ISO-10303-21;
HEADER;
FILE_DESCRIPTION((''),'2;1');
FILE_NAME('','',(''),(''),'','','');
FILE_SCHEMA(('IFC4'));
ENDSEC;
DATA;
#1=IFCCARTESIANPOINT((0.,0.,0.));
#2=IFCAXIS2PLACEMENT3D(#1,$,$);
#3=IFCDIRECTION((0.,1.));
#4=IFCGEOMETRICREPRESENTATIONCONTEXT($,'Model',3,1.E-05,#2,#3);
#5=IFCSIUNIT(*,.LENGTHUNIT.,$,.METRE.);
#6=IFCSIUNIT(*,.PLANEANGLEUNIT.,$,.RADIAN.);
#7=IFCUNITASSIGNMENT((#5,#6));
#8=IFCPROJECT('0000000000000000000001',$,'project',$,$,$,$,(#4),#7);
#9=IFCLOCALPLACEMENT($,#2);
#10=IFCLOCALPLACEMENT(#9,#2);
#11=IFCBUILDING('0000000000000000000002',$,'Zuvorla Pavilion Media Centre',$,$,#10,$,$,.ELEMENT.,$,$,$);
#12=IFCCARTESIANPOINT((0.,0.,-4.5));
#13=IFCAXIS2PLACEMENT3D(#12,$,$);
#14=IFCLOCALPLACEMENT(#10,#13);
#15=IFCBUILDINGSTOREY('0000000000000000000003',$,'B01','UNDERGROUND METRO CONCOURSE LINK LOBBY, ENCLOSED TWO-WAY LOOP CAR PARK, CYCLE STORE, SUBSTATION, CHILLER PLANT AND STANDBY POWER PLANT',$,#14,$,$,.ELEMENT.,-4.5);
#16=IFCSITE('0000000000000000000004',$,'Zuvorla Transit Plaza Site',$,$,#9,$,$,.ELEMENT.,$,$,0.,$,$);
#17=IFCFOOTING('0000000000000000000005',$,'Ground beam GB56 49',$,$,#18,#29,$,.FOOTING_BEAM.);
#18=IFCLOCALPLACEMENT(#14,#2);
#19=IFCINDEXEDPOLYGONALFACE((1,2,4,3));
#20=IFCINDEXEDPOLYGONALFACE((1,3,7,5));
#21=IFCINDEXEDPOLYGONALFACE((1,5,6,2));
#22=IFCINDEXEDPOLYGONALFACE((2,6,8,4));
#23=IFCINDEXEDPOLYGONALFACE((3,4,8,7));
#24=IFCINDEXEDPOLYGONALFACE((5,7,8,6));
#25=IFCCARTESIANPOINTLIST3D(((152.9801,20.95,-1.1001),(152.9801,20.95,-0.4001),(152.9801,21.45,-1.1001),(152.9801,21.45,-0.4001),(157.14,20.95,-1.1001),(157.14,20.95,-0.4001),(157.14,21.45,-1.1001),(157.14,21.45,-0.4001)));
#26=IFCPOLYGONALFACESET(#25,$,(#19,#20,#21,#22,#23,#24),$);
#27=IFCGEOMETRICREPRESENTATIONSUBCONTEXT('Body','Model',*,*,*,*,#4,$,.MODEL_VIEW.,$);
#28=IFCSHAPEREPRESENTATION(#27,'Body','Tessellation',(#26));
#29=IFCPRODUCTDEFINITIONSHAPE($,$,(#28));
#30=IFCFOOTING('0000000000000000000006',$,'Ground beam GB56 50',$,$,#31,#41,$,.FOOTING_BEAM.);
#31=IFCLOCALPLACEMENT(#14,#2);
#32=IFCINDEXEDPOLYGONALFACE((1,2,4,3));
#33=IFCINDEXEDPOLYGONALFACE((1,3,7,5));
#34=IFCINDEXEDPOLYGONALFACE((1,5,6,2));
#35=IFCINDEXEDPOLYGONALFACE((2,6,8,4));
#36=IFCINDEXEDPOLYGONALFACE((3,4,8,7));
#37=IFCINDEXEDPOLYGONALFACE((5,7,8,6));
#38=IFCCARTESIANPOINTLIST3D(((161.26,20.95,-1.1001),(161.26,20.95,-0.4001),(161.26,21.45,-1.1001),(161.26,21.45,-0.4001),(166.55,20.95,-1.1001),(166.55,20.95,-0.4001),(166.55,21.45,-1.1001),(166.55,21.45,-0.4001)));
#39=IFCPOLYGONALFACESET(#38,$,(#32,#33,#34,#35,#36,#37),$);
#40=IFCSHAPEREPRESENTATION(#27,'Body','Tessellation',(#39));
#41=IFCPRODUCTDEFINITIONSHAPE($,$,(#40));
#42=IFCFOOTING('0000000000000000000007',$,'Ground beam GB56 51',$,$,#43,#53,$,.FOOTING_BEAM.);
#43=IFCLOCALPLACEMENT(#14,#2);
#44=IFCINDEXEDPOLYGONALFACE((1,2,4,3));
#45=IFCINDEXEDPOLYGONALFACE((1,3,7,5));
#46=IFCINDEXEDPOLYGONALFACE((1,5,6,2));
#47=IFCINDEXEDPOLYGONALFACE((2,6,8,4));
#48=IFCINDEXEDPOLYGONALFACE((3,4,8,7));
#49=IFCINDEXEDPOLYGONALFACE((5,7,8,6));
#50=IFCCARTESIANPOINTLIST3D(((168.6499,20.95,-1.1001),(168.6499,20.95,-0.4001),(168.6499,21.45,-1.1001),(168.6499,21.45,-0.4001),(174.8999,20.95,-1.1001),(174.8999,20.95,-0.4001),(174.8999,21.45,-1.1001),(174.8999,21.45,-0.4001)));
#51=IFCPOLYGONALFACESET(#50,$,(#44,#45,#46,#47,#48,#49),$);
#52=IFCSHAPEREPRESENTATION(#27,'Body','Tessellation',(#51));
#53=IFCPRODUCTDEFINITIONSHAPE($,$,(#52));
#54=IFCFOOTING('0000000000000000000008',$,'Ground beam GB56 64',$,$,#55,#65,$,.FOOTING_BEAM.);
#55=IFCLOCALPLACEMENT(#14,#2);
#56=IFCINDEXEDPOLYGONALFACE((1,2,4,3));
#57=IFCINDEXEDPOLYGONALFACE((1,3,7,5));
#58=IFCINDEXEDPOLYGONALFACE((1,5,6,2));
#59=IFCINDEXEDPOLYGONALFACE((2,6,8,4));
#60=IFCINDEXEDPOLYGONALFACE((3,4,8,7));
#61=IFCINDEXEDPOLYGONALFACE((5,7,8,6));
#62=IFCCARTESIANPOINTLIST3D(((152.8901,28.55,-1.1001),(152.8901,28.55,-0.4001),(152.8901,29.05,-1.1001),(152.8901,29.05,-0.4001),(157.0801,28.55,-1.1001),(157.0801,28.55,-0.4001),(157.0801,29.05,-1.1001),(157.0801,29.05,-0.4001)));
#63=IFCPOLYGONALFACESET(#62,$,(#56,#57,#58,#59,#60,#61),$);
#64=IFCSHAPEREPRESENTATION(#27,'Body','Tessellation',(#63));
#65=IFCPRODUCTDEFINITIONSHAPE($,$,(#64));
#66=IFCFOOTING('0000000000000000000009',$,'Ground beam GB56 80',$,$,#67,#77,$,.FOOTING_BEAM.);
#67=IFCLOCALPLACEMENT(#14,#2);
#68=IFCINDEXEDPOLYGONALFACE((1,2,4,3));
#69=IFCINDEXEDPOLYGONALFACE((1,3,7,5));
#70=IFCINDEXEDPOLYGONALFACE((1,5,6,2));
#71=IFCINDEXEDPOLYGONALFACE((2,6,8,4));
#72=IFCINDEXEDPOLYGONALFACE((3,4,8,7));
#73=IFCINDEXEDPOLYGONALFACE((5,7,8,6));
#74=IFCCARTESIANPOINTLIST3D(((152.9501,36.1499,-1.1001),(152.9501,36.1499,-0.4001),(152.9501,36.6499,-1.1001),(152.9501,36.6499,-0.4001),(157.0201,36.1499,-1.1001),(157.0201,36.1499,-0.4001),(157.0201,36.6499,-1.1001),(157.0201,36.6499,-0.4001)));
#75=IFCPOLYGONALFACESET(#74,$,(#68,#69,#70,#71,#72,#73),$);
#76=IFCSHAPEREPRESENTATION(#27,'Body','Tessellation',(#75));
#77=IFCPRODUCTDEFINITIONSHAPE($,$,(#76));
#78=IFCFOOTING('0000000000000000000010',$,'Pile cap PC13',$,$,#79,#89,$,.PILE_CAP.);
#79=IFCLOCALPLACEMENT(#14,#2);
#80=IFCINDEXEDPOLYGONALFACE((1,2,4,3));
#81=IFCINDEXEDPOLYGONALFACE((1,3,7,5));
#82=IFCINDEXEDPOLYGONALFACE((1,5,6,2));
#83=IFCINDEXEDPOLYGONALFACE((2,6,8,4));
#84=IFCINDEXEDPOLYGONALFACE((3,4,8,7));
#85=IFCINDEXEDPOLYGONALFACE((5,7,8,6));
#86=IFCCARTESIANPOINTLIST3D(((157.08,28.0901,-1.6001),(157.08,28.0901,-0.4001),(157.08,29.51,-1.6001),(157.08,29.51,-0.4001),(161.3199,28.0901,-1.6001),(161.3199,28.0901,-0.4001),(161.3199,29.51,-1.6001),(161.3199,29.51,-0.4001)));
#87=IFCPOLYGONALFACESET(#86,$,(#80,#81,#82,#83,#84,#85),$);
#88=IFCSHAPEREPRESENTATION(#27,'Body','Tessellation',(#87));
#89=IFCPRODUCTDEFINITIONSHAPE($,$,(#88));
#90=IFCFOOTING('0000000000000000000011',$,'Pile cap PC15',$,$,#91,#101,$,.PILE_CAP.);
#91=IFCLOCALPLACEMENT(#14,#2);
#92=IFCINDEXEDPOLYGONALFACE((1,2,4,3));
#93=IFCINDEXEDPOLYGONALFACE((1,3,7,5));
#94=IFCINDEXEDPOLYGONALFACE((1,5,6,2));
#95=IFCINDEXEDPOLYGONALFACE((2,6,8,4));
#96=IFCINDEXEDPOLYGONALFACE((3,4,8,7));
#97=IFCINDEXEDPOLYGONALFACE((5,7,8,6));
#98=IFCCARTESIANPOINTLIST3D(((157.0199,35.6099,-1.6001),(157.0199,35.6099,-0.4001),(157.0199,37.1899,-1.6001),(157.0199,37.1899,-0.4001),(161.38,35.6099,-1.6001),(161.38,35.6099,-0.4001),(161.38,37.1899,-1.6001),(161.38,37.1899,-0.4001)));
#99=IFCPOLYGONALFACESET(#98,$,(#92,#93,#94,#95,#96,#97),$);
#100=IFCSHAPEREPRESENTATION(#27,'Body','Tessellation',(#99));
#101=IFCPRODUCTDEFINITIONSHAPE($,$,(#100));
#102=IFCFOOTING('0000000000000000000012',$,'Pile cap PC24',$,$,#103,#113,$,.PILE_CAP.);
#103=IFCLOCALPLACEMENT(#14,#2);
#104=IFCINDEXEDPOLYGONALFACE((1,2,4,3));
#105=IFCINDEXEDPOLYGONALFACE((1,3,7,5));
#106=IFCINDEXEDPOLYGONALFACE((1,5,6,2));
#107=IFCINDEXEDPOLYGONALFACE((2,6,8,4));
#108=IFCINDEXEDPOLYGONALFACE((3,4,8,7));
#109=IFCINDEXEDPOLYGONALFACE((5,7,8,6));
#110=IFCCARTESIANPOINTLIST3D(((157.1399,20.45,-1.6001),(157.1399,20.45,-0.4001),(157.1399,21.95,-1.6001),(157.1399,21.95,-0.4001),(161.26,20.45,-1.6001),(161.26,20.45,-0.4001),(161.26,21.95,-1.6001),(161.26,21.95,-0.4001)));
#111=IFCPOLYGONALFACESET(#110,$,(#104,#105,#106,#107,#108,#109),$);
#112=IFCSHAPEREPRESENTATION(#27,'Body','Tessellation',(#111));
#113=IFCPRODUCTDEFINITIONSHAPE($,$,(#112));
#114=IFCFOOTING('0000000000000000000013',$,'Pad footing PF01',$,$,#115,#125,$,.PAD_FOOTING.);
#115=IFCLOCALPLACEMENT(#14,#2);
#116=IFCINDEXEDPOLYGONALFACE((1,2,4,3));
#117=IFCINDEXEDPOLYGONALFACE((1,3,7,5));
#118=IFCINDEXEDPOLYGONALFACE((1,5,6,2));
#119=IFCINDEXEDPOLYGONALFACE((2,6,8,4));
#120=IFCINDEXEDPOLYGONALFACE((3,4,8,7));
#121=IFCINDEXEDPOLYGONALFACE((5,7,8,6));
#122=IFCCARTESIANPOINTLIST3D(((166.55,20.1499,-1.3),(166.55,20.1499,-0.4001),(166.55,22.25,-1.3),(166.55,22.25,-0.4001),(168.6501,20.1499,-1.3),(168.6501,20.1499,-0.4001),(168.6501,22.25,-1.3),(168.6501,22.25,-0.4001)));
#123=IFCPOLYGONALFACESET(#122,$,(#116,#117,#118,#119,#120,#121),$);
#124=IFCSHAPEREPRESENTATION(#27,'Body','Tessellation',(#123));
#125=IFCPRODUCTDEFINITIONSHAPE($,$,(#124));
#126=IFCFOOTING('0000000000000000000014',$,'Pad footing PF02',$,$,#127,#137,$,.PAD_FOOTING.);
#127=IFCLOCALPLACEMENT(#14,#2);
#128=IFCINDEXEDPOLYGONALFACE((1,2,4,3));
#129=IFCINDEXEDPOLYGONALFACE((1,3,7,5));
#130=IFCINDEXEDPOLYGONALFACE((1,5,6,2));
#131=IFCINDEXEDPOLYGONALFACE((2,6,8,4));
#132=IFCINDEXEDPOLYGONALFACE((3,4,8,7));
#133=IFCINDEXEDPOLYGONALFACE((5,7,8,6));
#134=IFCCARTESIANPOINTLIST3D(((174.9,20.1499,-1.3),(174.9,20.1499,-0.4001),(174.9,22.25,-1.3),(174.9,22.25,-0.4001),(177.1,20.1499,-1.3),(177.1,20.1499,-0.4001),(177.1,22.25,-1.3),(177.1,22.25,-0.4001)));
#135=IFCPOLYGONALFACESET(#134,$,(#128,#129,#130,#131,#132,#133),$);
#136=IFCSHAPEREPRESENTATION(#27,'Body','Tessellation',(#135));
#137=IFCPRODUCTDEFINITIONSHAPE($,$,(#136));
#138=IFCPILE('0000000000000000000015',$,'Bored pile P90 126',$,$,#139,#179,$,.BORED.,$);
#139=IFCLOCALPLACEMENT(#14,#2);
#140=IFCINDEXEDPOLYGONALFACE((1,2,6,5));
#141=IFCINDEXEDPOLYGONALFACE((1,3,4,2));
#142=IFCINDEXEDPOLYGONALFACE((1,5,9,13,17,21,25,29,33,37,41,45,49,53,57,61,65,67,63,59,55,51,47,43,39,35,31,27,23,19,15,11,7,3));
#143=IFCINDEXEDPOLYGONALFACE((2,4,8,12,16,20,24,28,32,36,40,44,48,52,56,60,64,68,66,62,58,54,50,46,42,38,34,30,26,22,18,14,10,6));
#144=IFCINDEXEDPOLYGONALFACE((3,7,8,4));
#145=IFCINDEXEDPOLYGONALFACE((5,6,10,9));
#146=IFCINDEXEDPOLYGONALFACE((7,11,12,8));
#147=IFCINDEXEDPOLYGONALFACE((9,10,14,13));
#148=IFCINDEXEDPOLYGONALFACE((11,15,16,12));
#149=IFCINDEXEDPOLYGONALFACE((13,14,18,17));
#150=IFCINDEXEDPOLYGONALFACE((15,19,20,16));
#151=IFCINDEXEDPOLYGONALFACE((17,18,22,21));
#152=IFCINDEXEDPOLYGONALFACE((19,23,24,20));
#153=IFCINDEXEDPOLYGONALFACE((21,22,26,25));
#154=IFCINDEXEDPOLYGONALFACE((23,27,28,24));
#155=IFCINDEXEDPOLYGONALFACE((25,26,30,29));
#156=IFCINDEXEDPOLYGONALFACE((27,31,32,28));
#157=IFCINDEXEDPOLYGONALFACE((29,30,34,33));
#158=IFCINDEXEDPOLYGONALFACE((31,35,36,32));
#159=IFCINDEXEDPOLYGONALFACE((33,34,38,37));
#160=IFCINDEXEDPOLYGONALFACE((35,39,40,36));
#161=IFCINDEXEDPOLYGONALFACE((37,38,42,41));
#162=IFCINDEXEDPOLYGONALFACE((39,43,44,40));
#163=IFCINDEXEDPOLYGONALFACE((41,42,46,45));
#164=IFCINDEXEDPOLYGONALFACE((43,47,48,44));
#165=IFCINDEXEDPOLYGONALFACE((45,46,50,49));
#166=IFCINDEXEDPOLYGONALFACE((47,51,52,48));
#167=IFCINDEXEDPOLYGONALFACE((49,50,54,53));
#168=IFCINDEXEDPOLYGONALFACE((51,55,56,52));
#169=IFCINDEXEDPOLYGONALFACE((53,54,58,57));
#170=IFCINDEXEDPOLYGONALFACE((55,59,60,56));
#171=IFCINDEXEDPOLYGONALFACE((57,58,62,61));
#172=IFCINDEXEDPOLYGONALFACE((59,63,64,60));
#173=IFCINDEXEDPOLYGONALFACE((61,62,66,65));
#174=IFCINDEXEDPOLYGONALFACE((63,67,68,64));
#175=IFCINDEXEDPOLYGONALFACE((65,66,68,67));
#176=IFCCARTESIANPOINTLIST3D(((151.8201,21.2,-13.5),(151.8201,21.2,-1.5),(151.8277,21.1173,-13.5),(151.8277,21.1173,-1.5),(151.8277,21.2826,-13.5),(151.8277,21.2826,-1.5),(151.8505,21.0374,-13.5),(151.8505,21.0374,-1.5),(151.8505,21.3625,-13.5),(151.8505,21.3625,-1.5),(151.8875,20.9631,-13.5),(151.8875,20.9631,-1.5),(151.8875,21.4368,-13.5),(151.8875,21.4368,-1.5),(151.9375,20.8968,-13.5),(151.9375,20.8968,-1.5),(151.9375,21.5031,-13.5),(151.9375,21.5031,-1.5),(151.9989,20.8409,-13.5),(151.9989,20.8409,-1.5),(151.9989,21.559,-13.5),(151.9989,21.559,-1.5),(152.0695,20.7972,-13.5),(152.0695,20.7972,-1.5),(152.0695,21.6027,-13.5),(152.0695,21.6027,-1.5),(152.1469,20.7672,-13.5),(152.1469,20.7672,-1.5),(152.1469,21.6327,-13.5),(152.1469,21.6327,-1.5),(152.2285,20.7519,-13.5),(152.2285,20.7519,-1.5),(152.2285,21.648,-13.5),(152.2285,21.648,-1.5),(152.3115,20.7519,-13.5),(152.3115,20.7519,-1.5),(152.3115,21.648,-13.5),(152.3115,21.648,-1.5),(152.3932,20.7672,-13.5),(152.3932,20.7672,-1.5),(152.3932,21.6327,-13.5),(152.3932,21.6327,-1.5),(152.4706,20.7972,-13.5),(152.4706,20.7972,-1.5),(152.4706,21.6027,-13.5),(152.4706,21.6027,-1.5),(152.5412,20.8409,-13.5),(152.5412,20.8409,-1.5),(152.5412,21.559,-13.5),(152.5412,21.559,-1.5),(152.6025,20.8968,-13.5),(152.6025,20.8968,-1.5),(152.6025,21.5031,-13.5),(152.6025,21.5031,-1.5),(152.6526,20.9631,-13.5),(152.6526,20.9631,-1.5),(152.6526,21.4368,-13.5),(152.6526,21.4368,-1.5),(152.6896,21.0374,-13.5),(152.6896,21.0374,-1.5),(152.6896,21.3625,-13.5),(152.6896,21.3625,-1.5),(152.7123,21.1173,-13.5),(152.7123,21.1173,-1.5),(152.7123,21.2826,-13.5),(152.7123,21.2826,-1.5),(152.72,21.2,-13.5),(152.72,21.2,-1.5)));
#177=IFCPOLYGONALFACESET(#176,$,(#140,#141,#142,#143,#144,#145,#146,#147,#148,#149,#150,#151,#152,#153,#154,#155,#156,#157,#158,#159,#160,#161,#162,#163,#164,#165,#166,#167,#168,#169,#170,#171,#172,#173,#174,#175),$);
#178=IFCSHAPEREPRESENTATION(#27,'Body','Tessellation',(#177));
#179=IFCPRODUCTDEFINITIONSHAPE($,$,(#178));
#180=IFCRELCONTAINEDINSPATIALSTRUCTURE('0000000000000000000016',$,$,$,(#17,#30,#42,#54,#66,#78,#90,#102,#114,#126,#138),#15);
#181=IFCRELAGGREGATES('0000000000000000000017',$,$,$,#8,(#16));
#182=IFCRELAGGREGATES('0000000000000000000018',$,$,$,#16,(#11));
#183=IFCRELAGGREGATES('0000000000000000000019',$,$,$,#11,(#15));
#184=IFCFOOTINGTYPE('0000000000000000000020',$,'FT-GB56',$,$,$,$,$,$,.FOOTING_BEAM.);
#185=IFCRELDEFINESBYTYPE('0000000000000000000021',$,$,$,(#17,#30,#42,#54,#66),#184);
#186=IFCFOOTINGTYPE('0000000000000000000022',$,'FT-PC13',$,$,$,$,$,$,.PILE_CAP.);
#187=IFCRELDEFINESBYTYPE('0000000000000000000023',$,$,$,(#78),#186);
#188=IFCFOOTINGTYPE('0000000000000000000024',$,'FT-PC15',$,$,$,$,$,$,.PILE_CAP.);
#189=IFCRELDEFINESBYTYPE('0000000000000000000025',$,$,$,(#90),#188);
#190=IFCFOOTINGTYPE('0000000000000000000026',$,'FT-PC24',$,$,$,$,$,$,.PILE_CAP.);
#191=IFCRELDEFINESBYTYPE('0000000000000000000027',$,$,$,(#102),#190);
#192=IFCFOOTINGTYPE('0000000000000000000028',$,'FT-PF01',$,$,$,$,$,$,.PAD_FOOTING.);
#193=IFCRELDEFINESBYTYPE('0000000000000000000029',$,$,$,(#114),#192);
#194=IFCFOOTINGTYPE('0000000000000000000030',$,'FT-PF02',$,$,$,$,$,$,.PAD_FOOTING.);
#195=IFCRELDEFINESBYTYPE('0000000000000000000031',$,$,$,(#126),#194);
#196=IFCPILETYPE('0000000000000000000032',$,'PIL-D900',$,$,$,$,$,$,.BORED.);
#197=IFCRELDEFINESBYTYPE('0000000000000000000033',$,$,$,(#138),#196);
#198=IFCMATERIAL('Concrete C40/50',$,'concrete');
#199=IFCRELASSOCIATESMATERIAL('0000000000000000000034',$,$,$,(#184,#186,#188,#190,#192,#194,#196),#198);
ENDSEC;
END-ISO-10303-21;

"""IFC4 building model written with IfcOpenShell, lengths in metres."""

from ifc_helpers import new_model, si_unit, direction, frame, origin, origin_2d, place, context, subcontext, project, spatial, rectangle, circle, extrude, material, material_profile, profile_set, type_object, element, save


model = new_model("IFC4")

# Units and contexts
model_context = context("Model", 3, precision=1e-05, world=origin(), true_north=direction((0.0, 1.0)))
body_context = subcontext(model_context, "Body", "Model", "MODEL_VIEW")
ifc_project = project(units=[si_unit("LENGTHUNIT", "METRE"), si_unit("PLANEANGLEUNIT", "RADIAN")], contexts=[model_context])

# Site, building, storey
site_placement = place(None, origin())
site = spatial("IfcSite", under=ifc_project, at=site_placement, Name="Zuvorla Transit Plaza Site", CompositionType="ELEMENT", RefElevation=0.0)
building_placement = place(site_placement, origin())
building = spatial("IfcBuilding", under=site, at=building_placement, Name="Zuvorla Pavilion Media Centre", CompositionType="ELEMENT")
storey_placement = place(building_placement, frame((0.0, 0.0, -4.5)))
storey = spatial("IfcBuildingStorey", under=building, at=storey_placement, Name="B01", Description="UNDERGROUND METRO CONCOURSE LINK LOBBY, ENCLOSED TWO-WAY LOOP CAR PARK, CYCLE STORE, SUBSTATION, CHILLER PLANT AND STANDBY POWER PLANT", CompositionType="ELEMENT", Elevation=-4.5)

# Footings
ifc_material = material(Name="Concrete C40/50", Category="concrete")
footing_type_1 = type_object("IfcFootingType", Name="FT-GB56", PredefinedType="FOOTING_BEAM", material=ifc_material)
footing_1_placement = place(storey_placement, frame((155.0601, 21.2, -1.1001), z_axis=(0.0, 0.0, 1.0), x_axis=(1.0, 0.0, 0.0)))
element("IfcFooting", 1, at=footing_1_placement, inside=storey, type_object=footing_type_1, Name="Ground beam GB56 49", PredefinedType="FOOTING_BEAM", context=body_context, shape_type="SweptSolid", body=[
    extrude(rectangle(XDim=4.1599, YDim=0.5, at=origin_2d()), origin(), (0.0, 0.0, 1.0), 0.7),
])
footing_2_placement = place(storey_placement, frame((163.905, 21.2, -1.1001), z_axis=(0.0, 0.0, 1.0), x_axis=(1.0, 0.0, 0.0)))
element("IfcFooting", 2, at=footing_2_placement, inside=storey, type_object=footing_type_1, Name="Ground beam GB56 50", PredefinedType="FOOTING_BEAM", context=body_context, shape_type="SweptSolid", body=[
    extrude(rectangle(XDim=5.29, YDim=0.5, at=origin_2d()), origin(), (0.0, 0.0, 1.0), 0.7),
])
footing_3_placement = place(storey_placement, frame((171.7749, 21.2, -1.1001), z_axis=(0.0, 0.0, 1.0), x_axis=(1.0, 0.0, 0.0)))
element("IfcFooting", 3, at=footing_3_placement, inside=storey, type_object=footing_type_1, Name="Ground beam GB56 51", PredefinedType="FOOTING_BEAM", context=body_context, shape_type="SweptSolid", body=[
    extrude(rectangle(XDim=6.25, YDim=0.5, at=origin_2d()), origin(), (0.0, 0.0, 1.0), 0.7),
])
footing_4_placement = place(storey_placement, frame((154.9851, 28.8, -1.1001), z_axis=(0.0, 0.0, 1.0), x_axis=(1.0, 0.0, 0.0)))
element("IfcFooting", 4, at=footing_4_placement, inside=storey, type_object=footing_type_1, Name="Ground beam GB56 64", PredefinedType="FOOTING_BEAM", context=body_context, shape_type="SweptSolid", body=[
    extrude(rectangle(XDim=4.1899, YDim=0.5, at=origin_2d()), origin(), (0.0, 0.0, 1.0), 0.7),
])
footing_5_placement = place(storey_placement, frame((154.9851, 36.3999, -1.1001), z_axis=(0.0, 0.0, 1.0), x_axis=(1.0, 0.0, 0.0)))
element("IfcFooting", 5, at=footing_5_placement, inside=storey, type_object=footing_type_1, Name="Ground beam GB56 80", PredefinedType="FOOTING_BEAM", context=body_context, shape_type="SweptSolid", body=[
    extrude(rectangle(XDim=4.0701, YDim=0.5, at=origin_2d()), origin(), (0.0, 0.0, 1.0), 0.7),
])
footing_type_2 = type_object("IfcFootingType", Name="FT-PC13", PredefinedType="PILE_CAP", material=ifc_material)
footing_6_placement = place(storey_placement, frame((159.2, 28.8, -1.6001), z_axis=(0.0, 0.0, 1.0), x_axis=(1.0, 0.0, 0.0)))
element("IfcFooting", 6, at=footing_6_placement, inside=storey, type_object=footing_type_2, Name="Pile cap PC13", PredefinedType="PILE_CAP", context=body_context, shape_type="SweptSolid", body=[
    extrude(rectangle(XDim=4.24, YDim=1.4199, at=origin_2d()), origin(), (0.0, 0.0, 1.0), 1.2),
])
footing_type_3 = type_object("IfcFootingType", Name="FT-PC15", PredefinedType="PILE_CAP", material=ifc_material)
footing_7_placement = place(storey_placement, frame((159.2, 36.3999, -1.6001), z_axis=(0.0, 0.0, 1.0), x_axis=(1.0, 0.0, 0.0)))
element("IfcFooting", 7, at=footing_7_placement, inside=storey, type_object=footing_type_3, Name="Pile cap PC15", PredefinedType="PILE_CAP", context=body_context, shape_type="SweptSolid", body=[
    extrude(rectangle(XDim=4.3601, YDim=1.5801, at=origin_2d()), origin(), (0.0, 0.0, 1.0), 1.2),
])
footing_type_4 = type_object("IfcFootingType", Name="FT-PC24", PredefinedType="PILE_CAP", material=ifc_material)
footing_8_placement = place(storey_placement, frame((159.2, 21.2, -1.6001), z_axis=(0.0, 0.0, 1.0), x_axis=(1.0, 0.0, 0.0)))
element("IfcFooting", 8, at=footing_8_placement, inside=storey, type_object=footing_type_4, Name="Pile cap PC24", PredefinedType="PILE_CAP", context=body_context, shape_type="SweptSolid", body=[
    extrude(rectangle(XDim=4.1201, YDim=1.5, at=origin_2d()), origin(), (0.0, 0.0, 1.0), 1.2),
])
footing_type_5 = type_object("IfcFootingType", Name="FT-PF01", PredefinedType="PAD_FOOTING", material=ifc_material)
footing_9_placement = place(storey_placement, frame((167.6001, 21.2, -1.3), z_axis=(0.0, 0.0, 1.0), x_axis=(1.0, 0.0, 0.0)))
element("IfcFooting", 9, at=footing_9_placement, inside=storey, type_object=footing_type_5, Name="Pad footing PF01", PredefinedType="PAD_FOOTING", context=body_context, shape_type="SweptSolid", body=[
    extrude(rectangle(XDim=2.1001, YDim=2.1001, at=origin_2d()), origin(), (0.0, 0.0, 1.0), 0.8999),
])
footing_type_6 = type_object("IfcFootingType", Name="FT-PF02", PredefinedType="PAD_FOOTING", material=ifc_material)
footing_10_placement = place(storey_placement, frame((176.0, 21.2, -1.3), z_axis=(0.0, 0.0, 1.0), x_axis=(1.0, 0.0, 0.0)))
element("IfcFooting", 10, at=footing_10_placement, inside=storey, type_object=footing_type_6, Name="Pad footing PF02", PredefinedType="PAD_FOOTING", context=body_context, shape_type="SweptSolid", body=[
    extrude(rectangle(XDim=2.2, YDim=2.1001, at=origin_2d()), origin(), (0.0, 0.0, 1.0), 0.8999),
])

# Pile
ifc_material_profile_1 = material_profile(ifc_material, circle(Radius=0.45, at=origin_2d()), Name="BORED PILE 900")
ifc_profile_set_1 = profile_set([ifc_material_profile_1], Name="Concrete C40/50")
pile_type = type_object("IfcPileType", Name="PIL-D900", PredefinedType="BORED", material=ifc_profile_set_1)
for number, where, z_axis, x_axis, name in (
    (11, (152.27, 21.2, -1.5), (0.0, 0.0, -1.0), (1.0, 0.0, 0.0), "Bored pile P90 126"),
):
    element("IfcPile", number, at=place(storey_placement, frame(where, z_axis=z_axis, x_axis=x_axis)), inside=storey, type_object=pile_type, Name=name, PredefinedType="BORED", context=body_context, shape_type="SweptSolid", body=[
        extrude(circle(Radius=0.45, at=origin_2d()), origin(), (0.0, 0.0, 1.0), 12.0),
    ])

save(model, "model.ifc")
